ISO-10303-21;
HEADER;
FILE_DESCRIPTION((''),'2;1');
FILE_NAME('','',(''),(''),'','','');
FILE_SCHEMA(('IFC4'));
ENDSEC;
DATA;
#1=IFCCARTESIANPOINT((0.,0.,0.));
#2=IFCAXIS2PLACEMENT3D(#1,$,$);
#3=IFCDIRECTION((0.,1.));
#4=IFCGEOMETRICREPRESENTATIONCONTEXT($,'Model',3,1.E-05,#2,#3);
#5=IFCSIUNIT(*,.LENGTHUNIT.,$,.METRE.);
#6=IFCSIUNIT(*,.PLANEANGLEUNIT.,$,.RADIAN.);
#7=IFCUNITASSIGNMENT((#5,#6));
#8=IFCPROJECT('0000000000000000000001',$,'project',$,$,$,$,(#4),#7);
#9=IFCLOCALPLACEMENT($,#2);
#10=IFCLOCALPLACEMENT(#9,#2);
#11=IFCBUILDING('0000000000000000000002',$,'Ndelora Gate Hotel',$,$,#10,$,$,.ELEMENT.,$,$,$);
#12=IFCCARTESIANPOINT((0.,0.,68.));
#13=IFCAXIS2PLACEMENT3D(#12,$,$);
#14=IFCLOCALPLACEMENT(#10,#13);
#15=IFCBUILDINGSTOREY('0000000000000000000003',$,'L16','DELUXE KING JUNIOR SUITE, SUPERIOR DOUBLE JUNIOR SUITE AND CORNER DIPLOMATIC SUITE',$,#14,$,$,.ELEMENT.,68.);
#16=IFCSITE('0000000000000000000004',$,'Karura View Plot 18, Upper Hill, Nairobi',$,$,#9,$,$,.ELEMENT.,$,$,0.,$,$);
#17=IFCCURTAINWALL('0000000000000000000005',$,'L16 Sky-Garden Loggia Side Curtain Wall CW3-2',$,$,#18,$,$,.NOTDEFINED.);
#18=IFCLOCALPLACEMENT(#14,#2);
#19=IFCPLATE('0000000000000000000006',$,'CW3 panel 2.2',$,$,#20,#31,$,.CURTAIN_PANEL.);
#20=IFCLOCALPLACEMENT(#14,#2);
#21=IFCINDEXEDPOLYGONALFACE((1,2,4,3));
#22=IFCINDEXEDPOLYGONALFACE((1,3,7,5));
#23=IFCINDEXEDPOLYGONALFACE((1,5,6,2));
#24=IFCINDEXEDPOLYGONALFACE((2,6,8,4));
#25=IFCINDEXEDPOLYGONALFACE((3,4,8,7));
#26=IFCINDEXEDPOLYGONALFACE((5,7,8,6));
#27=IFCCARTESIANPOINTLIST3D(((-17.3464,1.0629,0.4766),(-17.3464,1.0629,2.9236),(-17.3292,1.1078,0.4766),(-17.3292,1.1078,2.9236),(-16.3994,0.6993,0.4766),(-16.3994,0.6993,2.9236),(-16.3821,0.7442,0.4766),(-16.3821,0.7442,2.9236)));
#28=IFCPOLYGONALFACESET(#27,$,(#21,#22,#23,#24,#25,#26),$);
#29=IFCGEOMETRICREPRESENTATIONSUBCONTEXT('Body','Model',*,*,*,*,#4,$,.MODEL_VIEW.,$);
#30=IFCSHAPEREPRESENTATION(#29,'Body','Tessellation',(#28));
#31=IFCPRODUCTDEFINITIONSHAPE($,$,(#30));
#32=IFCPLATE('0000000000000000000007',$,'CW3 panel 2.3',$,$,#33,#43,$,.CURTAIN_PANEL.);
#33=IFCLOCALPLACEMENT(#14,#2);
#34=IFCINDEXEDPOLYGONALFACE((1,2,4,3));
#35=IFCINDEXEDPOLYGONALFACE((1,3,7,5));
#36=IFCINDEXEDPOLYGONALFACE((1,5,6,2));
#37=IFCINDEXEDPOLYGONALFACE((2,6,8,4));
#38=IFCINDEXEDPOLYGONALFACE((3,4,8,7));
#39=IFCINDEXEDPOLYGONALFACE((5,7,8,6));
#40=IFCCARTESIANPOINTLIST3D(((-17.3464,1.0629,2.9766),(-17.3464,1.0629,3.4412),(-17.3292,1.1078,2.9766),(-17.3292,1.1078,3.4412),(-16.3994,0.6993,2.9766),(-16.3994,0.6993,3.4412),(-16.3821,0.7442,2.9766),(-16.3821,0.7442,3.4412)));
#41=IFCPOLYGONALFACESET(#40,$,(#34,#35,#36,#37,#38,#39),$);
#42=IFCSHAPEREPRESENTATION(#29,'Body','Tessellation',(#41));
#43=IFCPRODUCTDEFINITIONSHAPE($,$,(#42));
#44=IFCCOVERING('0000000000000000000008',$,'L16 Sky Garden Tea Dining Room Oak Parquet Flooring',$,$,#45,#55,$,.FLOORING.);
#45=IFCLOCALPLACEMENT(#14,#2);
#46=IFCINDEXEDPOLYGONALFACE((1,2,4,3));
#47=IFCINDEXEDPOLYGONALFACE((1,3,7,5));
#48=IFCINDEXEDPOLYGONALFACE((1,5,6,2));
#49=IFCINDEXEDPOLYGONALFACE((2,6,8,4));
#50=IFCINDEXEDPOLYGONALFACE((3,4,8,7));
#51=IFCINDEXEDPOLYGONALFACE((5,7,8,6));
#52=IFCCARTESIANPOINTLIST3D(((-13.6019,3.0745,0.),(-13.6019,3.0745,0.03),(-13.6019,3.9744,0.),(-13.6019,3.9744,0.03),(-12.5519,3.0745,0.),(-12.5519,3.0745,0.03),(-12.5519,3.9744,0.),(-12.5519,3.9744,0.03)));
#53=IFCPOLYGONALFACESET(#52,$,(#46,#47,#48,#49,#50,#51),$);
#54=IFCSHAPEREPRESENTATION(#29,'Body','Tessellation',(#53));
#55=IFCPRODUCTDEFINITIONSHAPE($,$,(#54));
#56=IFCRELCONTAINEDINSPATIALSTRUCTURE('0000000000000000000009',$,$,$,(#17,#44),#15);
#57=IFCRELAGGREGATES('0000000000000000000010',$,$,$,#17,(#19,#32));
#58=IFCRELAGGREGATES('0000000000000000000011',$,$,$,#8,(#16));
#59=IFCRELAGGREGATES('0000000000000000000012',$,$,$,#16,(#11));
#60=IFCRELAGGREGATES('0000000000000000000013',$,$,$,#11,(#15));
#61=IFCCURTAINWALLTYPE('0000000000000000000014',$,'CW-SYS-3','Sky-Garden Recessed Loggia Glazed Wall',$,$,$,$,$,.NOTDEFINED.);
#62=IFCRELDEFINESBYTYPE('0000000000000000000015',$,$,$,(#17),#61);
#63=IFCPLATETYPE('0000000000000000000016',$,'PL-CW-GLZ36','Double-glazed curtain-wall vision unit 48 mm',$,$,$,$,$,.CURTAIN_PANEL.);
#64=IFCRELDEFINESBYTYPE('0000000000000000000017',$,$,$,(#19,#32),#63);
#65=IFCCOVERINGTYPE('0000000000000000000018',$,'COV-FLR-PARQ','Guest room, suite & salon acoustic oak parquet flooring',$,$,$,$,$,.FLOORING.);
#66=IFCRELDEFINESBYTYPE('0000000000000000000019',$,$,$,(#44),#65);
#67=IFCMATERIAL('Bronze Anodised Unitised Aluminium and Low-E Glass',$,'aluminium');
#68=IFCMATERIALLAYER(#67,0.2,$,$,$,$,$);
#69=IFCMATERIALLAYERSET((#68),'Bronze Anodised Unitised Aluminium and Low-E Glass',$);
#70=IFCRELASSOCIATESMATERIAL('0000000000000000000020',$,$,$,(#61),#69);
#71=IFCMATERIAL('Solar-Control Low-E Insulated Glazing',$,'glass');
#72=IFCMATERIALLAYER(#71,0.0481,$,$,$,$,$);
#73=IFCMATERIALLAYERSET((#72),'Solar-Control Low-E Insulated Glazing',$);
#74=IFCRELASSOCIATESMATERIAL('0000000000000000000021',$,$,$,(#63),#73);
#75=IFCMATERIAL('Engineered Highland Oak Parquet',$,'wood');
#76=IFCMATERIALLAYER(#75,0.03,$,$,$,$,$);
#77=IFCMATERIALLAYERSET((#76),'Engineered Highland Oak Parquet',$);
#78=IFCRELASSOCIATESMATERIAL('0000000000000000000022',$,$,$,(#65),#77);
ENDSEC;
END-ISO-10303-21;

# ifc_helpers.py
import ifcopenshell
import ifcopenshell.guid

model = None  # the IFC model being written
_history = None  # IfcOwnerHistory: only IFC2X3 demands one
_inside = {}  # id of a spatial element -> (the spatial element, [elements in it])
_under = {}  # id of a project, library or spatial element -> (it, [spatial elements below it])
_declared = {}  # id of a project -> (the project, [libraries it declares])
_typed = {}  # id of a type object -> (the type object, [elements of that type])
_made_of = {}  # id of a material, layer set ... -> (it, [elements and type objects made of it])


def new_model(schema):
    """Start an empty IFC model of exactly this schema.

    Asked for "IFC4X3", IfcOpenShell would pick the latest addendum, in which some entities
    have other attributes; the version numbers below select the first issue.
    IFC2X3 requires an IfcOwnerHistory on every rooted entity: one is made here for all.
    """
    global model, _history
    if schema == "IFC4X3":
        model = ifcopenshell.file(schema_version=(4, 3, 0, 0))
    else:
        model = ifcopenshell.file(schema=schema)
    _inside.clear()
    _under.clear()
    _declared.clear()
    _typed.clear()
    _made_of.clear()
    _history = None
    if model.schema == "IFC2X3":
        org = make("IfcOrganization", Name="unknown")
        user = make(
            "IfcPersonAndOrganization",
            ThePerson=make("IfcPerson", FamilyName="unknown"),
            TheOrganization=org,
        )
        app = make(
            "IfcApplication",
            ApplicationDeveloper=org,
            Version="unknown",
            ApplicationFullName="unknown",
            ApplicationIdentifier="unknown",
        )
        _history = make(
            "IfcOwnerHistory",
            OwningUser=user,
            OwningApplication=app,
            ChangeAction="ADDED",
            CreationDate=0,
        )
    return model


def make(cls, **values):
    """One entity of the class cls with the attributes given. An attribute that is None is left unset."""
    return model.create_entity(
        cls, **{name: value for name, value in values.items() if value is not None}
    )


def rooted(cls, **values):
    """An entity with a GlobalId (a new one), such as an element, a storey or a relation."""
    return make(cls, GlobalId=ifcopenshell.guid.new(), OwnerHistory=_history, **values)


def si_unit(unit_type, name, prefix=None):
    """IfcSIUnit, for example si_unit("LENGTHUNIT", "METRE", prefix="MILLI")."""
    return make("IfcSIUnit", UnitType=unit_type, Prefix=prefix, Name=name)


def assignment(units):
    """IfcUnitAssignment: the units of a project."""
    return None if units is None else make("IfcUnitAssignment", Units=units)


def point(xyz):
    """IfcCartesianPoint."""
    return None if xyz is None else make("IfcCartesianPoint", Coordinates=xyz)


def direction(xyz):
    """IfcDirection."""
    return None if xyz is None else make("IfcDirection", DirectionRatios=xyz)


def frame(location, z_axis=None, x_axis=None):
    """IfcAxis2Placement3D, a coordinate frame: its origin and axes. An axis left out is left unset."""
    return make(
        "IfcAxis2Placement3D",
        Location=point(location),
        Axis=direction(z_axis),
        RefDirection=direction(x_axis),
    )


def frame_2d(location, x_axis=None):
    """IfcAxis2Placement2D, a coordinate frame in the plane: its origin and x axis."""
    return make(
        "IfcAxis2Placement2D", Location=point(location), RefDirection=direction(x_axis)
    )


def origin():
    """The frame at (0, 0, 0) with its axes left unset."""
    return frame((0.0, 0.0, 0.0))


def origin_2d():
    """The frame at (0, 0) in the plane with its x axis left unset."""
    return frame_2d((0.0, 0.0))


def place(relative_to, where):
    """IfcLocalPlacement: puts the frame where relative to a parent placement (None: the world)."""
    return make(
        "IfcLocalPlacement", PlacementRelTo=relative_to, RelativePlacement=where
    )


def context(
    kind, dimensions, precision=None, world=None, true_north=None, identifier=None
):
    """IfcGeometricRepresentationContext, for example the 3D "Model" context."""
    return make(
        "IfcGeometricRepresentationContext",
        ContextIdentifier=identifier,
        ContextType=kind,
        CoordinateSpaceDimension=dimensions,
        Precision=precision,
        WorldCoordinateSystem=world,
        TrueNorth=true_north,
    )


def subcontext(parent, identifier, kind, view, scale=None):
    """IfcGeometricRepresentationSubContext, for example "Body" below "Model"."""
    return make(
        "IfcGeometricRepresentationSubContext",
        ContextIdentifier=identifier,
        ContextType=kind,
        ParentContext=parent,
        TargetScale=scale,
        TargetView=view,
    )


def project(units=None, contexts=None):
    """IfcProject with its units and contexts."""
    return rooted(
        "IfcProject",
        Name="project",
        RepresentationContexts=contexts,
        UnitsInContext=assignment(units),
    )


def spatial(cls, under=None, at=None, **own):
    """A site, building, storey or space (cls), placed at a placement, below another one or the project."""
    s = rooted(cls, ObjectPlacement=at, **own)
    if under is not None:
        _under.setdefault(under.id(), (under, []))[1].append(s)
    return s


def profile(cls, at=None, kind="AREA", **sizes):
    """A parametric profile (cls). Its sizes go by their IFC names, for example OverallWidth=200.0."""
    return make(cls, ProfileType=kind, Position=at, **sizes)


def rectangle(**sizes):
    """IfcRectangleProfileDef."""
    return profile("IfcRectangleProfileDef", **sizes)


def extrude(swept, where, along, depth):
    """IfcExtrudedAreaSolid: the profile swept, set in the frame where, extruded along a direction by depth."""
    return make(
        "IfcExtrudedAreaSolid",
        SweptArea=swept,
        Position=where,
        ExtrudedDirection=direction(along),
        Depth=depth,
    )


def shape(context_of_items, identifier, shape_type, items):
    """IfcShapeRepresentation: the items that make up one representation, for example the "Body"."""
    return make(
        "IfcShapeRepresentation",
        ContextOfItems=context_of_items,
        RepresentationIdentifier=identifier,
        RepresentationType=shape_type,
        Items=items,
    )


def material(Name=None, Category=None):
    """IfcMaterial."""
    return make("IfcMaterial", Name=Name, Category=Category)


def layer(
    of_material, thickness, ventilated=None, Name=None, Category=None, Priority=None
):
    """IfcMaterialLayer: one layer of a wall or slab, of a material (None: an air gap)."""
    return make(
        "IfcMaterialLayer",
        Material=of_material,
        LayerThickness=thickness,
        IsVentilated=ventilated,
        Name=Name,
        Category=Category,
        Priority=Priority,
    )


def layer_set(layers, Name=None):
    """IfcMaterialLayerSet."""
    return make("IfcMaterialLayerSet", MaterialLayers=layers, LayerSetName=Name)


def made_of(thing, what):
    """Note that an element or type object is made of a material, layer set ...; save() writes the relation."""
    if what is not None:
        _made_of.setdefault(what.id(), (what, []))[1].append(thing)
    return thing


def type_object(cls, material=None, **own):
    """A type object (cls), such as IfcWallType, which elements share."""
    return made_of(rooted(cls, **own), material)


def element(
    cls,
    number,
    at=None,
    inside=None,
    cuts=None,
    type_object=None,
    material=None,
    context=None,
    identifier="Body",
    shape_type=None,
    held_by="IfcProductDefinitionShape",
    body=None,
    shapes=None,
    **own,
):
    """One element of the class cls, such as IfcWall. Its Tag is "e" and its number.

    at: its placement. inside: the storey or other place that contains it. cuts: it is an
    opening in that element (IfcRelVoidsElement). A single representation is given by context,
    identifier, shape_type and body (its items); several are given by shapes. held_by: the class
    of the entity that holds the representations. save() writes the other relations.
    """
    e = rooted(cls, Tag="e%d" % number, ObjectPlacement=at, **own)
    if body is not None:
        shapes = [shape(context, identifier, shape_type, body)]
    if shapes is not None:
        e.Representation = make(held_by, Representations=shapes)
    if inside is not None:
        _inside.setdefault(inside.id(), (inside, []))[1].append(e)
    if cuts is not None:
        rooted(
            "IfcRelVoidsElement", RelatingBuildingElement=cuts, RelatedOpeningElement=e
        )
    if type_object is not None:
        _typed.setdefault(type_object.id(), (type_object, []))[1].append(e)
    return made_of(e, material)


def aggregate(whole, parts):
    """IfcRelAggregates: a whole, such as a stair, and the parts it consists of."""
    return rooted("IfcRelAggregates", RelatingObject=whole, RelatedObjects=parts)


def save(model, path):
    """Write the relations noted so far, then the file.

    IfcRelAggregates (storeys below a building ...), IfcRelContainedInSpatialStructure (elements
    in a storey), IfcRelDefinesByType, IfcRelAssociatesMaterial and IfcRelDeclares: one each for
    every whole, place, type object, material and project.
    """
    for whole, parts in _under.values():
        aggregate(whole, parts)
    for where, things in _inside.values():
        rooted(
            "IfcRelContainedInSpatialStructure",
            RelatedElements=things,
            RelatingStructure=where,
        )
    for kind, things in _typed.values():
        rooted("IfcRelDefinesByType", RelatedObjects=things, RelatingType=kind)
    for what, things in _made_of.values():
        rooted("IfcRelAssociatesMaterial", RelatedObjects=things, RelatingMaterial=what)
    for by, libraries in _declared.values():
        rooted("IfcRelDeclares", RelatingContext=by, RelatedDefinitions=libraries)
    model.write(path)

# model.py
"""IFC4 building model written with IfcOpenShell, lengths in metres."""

from ifc_helpers import new_model, si_unit, direction, frame, origin, origin_2d, place, context, subcontext, project, spatial, rectangle, extrude, material, layer, layer_set, type_object, element, aggregate, save


model = new_model("IFC4")

# Units and contexts
model_context = context("Model", 3, precision=1e-05, world=origin(), true_north=direction((0.0, 1.0)))
body_context = subcontext(model_context, "Body", "Model", "MODEL_VIEW")
ifc_project = project(units=[si_unit("LENGTHUNIT", "METRE"), si_unit("PLANEANGLEUNIT", "RADIAN")], contexts=[model_context])

# Site, building, storey
site_placement = place(None, origin())
site = spatial("IfcSite", under=ifc_project, at=site_placement, Name="Karura View Plot 18, Upper Hill, Nairobi", CompositionType="ELEMENT", RefElevation=0.0)
building_placement = place(site_placement, origin())
building = spatial("IfcBuilding", under=site, at=building_placement, Name="Ndelora Gate Hotel", CompositionType="ELEMENT")
storey_placement = place(building_placement, frame((0.0, 0.0, 68.0)))
storey = spatial("IfcBuildingStorey", under=building, at=storey_placement, Name="L16", Description="DELUXE KING JUNIOR SUITE, SUPERIOR DOUBLE JUNIOR SUITE AND CORNER DIPLOMATIC SUITE", CompositionType="ELEMENT", Elevation=68.0)

# Curtain wall, plates
ifc_material_1 = material(Name="Bronze Anodised Unitised Aluminium and Low-E Glass", Category="aluminium")
ifc_layer_1 = layer(ifc_material_1, 0.2)
ifc_layer_set_1 = layer_set([ifc_layer_1], Name="Bronze Anodised Unitised Aluminium and Low-E Glass")
curtain_wall_type = type_object("IfcCurtainWallType", Name="CW-SYS-3", Description="Sky-Garden Recessed Loggia Glazed Wall", PredefinedType="NOTDEFINED", material=ifc_layer_set_1)
curtain_wall_placement = place(storey_placement, origin())
curtain_wall = element("IfcCurtainWall", 1, at=curtain_wall_placement, inside=storey, type_object=curtain_wall_type, Name="L16 Sky-Garden Loggia Side Curtain Wall CW3-2", PredefinedType="NOTDEFINED")
ifc_material_2 = material(Name="Solar-Control Low-E Insulated Glazing", Category="glass")
ifc_layer_2 = layer(ifc_material_2, 0.0481)
ifc_layer_set_2 = layer_set([ifc_layer_2], Name="Solar-Control Low-E Insulated Glazing")
plate_type = type_object("IfcPlateType", Name="PL-CW-GLZ36", Description="Double-glazed curtain-wall vision unit 48 mm", PredefinedType="CURTAIN_PANEL", material=ifc_layer_set_2)
plate_1_placement = place(storey_placement, frame((-16.8643, 0.9036, 0.4766), z_axis=(0.0, 0.0, 1.0), x_axis=(0.933577, -0.358376, 0.0)))
plate_1 = element("IfcPlate", 2, at=plate_1_placement, type_object=plate_type, Name="CW3 panel 2.2", PredefinedType="CURTAIN_PANEL", context=body_context, shape_type="SweptSolid", body=[
    extrude(rectangle(XDim=1.0144, YDim=0.0481, at=origin_2d()), origin(), (0.0, 0.0, 1.0), 2.447),
])
plate_2_placement = place(storey_placement, frame((-16.8643, 0.9036, 2.9766), z_axis=(0.0, 0.0, 1.0), x_axis=(0.933577, -0.358376, 0.0)))
plate_2 = element("IfcPlate", 3, at=plate_2_placement, type_object=plate_type, Name="CW3 panel 2.3", PredefinedType="CURTAIN_PANEL", context=body_context, shape_type="SweptSolid", body=[
    extrude(rectangle(XDim=1.0144, YDim=0.0481, at=origin_2d()), origin(), (0.0, 0.0, 1.0), 0.4646),
])
aggregate(curtain_wall, [plate_1, plate_2])

# Covering
ifc_material_3 = material(Name="Engineered Highland Oak Parquet", Category="wood")
ifc_layer_3 = layer(ifc_material_3, 0.03)
ifc_layer_set_3 = layer_set([ifc_layer_3], Name="Engineered Highland Oak Parquet")
covering_type = type_object("IfcCoveringType", Name="COV-FLR-PARQ", Description="Guest room, suite & salon acoustic oak parquet flooring", PredefinedType="FLOORING", material=ifc_layer_set_3)
covering_placement = place(storey_placement, frame((-13.0769, 3.5244, 0.0), z_axis=(0.0, 0.0, 1.0), x_axis=(1.0, 0.0, 0.0)))
element("IfcCovering", 4, at=covering_placement, inside=storey, type_object=covering_type, Name="L16 Sky Garden Tea Dining Room Oak Parquet Flooring", PredefinedType="FLOORING", context=body_context, shape_type="SweptSolid", body=[
    extrude(rectangle(XDim=1.05, YDim=0.8999, at=origin_2d()), origin(), (0.0, 0.0, 1.0), 0.03),
])

save(model, "model.ifc")
